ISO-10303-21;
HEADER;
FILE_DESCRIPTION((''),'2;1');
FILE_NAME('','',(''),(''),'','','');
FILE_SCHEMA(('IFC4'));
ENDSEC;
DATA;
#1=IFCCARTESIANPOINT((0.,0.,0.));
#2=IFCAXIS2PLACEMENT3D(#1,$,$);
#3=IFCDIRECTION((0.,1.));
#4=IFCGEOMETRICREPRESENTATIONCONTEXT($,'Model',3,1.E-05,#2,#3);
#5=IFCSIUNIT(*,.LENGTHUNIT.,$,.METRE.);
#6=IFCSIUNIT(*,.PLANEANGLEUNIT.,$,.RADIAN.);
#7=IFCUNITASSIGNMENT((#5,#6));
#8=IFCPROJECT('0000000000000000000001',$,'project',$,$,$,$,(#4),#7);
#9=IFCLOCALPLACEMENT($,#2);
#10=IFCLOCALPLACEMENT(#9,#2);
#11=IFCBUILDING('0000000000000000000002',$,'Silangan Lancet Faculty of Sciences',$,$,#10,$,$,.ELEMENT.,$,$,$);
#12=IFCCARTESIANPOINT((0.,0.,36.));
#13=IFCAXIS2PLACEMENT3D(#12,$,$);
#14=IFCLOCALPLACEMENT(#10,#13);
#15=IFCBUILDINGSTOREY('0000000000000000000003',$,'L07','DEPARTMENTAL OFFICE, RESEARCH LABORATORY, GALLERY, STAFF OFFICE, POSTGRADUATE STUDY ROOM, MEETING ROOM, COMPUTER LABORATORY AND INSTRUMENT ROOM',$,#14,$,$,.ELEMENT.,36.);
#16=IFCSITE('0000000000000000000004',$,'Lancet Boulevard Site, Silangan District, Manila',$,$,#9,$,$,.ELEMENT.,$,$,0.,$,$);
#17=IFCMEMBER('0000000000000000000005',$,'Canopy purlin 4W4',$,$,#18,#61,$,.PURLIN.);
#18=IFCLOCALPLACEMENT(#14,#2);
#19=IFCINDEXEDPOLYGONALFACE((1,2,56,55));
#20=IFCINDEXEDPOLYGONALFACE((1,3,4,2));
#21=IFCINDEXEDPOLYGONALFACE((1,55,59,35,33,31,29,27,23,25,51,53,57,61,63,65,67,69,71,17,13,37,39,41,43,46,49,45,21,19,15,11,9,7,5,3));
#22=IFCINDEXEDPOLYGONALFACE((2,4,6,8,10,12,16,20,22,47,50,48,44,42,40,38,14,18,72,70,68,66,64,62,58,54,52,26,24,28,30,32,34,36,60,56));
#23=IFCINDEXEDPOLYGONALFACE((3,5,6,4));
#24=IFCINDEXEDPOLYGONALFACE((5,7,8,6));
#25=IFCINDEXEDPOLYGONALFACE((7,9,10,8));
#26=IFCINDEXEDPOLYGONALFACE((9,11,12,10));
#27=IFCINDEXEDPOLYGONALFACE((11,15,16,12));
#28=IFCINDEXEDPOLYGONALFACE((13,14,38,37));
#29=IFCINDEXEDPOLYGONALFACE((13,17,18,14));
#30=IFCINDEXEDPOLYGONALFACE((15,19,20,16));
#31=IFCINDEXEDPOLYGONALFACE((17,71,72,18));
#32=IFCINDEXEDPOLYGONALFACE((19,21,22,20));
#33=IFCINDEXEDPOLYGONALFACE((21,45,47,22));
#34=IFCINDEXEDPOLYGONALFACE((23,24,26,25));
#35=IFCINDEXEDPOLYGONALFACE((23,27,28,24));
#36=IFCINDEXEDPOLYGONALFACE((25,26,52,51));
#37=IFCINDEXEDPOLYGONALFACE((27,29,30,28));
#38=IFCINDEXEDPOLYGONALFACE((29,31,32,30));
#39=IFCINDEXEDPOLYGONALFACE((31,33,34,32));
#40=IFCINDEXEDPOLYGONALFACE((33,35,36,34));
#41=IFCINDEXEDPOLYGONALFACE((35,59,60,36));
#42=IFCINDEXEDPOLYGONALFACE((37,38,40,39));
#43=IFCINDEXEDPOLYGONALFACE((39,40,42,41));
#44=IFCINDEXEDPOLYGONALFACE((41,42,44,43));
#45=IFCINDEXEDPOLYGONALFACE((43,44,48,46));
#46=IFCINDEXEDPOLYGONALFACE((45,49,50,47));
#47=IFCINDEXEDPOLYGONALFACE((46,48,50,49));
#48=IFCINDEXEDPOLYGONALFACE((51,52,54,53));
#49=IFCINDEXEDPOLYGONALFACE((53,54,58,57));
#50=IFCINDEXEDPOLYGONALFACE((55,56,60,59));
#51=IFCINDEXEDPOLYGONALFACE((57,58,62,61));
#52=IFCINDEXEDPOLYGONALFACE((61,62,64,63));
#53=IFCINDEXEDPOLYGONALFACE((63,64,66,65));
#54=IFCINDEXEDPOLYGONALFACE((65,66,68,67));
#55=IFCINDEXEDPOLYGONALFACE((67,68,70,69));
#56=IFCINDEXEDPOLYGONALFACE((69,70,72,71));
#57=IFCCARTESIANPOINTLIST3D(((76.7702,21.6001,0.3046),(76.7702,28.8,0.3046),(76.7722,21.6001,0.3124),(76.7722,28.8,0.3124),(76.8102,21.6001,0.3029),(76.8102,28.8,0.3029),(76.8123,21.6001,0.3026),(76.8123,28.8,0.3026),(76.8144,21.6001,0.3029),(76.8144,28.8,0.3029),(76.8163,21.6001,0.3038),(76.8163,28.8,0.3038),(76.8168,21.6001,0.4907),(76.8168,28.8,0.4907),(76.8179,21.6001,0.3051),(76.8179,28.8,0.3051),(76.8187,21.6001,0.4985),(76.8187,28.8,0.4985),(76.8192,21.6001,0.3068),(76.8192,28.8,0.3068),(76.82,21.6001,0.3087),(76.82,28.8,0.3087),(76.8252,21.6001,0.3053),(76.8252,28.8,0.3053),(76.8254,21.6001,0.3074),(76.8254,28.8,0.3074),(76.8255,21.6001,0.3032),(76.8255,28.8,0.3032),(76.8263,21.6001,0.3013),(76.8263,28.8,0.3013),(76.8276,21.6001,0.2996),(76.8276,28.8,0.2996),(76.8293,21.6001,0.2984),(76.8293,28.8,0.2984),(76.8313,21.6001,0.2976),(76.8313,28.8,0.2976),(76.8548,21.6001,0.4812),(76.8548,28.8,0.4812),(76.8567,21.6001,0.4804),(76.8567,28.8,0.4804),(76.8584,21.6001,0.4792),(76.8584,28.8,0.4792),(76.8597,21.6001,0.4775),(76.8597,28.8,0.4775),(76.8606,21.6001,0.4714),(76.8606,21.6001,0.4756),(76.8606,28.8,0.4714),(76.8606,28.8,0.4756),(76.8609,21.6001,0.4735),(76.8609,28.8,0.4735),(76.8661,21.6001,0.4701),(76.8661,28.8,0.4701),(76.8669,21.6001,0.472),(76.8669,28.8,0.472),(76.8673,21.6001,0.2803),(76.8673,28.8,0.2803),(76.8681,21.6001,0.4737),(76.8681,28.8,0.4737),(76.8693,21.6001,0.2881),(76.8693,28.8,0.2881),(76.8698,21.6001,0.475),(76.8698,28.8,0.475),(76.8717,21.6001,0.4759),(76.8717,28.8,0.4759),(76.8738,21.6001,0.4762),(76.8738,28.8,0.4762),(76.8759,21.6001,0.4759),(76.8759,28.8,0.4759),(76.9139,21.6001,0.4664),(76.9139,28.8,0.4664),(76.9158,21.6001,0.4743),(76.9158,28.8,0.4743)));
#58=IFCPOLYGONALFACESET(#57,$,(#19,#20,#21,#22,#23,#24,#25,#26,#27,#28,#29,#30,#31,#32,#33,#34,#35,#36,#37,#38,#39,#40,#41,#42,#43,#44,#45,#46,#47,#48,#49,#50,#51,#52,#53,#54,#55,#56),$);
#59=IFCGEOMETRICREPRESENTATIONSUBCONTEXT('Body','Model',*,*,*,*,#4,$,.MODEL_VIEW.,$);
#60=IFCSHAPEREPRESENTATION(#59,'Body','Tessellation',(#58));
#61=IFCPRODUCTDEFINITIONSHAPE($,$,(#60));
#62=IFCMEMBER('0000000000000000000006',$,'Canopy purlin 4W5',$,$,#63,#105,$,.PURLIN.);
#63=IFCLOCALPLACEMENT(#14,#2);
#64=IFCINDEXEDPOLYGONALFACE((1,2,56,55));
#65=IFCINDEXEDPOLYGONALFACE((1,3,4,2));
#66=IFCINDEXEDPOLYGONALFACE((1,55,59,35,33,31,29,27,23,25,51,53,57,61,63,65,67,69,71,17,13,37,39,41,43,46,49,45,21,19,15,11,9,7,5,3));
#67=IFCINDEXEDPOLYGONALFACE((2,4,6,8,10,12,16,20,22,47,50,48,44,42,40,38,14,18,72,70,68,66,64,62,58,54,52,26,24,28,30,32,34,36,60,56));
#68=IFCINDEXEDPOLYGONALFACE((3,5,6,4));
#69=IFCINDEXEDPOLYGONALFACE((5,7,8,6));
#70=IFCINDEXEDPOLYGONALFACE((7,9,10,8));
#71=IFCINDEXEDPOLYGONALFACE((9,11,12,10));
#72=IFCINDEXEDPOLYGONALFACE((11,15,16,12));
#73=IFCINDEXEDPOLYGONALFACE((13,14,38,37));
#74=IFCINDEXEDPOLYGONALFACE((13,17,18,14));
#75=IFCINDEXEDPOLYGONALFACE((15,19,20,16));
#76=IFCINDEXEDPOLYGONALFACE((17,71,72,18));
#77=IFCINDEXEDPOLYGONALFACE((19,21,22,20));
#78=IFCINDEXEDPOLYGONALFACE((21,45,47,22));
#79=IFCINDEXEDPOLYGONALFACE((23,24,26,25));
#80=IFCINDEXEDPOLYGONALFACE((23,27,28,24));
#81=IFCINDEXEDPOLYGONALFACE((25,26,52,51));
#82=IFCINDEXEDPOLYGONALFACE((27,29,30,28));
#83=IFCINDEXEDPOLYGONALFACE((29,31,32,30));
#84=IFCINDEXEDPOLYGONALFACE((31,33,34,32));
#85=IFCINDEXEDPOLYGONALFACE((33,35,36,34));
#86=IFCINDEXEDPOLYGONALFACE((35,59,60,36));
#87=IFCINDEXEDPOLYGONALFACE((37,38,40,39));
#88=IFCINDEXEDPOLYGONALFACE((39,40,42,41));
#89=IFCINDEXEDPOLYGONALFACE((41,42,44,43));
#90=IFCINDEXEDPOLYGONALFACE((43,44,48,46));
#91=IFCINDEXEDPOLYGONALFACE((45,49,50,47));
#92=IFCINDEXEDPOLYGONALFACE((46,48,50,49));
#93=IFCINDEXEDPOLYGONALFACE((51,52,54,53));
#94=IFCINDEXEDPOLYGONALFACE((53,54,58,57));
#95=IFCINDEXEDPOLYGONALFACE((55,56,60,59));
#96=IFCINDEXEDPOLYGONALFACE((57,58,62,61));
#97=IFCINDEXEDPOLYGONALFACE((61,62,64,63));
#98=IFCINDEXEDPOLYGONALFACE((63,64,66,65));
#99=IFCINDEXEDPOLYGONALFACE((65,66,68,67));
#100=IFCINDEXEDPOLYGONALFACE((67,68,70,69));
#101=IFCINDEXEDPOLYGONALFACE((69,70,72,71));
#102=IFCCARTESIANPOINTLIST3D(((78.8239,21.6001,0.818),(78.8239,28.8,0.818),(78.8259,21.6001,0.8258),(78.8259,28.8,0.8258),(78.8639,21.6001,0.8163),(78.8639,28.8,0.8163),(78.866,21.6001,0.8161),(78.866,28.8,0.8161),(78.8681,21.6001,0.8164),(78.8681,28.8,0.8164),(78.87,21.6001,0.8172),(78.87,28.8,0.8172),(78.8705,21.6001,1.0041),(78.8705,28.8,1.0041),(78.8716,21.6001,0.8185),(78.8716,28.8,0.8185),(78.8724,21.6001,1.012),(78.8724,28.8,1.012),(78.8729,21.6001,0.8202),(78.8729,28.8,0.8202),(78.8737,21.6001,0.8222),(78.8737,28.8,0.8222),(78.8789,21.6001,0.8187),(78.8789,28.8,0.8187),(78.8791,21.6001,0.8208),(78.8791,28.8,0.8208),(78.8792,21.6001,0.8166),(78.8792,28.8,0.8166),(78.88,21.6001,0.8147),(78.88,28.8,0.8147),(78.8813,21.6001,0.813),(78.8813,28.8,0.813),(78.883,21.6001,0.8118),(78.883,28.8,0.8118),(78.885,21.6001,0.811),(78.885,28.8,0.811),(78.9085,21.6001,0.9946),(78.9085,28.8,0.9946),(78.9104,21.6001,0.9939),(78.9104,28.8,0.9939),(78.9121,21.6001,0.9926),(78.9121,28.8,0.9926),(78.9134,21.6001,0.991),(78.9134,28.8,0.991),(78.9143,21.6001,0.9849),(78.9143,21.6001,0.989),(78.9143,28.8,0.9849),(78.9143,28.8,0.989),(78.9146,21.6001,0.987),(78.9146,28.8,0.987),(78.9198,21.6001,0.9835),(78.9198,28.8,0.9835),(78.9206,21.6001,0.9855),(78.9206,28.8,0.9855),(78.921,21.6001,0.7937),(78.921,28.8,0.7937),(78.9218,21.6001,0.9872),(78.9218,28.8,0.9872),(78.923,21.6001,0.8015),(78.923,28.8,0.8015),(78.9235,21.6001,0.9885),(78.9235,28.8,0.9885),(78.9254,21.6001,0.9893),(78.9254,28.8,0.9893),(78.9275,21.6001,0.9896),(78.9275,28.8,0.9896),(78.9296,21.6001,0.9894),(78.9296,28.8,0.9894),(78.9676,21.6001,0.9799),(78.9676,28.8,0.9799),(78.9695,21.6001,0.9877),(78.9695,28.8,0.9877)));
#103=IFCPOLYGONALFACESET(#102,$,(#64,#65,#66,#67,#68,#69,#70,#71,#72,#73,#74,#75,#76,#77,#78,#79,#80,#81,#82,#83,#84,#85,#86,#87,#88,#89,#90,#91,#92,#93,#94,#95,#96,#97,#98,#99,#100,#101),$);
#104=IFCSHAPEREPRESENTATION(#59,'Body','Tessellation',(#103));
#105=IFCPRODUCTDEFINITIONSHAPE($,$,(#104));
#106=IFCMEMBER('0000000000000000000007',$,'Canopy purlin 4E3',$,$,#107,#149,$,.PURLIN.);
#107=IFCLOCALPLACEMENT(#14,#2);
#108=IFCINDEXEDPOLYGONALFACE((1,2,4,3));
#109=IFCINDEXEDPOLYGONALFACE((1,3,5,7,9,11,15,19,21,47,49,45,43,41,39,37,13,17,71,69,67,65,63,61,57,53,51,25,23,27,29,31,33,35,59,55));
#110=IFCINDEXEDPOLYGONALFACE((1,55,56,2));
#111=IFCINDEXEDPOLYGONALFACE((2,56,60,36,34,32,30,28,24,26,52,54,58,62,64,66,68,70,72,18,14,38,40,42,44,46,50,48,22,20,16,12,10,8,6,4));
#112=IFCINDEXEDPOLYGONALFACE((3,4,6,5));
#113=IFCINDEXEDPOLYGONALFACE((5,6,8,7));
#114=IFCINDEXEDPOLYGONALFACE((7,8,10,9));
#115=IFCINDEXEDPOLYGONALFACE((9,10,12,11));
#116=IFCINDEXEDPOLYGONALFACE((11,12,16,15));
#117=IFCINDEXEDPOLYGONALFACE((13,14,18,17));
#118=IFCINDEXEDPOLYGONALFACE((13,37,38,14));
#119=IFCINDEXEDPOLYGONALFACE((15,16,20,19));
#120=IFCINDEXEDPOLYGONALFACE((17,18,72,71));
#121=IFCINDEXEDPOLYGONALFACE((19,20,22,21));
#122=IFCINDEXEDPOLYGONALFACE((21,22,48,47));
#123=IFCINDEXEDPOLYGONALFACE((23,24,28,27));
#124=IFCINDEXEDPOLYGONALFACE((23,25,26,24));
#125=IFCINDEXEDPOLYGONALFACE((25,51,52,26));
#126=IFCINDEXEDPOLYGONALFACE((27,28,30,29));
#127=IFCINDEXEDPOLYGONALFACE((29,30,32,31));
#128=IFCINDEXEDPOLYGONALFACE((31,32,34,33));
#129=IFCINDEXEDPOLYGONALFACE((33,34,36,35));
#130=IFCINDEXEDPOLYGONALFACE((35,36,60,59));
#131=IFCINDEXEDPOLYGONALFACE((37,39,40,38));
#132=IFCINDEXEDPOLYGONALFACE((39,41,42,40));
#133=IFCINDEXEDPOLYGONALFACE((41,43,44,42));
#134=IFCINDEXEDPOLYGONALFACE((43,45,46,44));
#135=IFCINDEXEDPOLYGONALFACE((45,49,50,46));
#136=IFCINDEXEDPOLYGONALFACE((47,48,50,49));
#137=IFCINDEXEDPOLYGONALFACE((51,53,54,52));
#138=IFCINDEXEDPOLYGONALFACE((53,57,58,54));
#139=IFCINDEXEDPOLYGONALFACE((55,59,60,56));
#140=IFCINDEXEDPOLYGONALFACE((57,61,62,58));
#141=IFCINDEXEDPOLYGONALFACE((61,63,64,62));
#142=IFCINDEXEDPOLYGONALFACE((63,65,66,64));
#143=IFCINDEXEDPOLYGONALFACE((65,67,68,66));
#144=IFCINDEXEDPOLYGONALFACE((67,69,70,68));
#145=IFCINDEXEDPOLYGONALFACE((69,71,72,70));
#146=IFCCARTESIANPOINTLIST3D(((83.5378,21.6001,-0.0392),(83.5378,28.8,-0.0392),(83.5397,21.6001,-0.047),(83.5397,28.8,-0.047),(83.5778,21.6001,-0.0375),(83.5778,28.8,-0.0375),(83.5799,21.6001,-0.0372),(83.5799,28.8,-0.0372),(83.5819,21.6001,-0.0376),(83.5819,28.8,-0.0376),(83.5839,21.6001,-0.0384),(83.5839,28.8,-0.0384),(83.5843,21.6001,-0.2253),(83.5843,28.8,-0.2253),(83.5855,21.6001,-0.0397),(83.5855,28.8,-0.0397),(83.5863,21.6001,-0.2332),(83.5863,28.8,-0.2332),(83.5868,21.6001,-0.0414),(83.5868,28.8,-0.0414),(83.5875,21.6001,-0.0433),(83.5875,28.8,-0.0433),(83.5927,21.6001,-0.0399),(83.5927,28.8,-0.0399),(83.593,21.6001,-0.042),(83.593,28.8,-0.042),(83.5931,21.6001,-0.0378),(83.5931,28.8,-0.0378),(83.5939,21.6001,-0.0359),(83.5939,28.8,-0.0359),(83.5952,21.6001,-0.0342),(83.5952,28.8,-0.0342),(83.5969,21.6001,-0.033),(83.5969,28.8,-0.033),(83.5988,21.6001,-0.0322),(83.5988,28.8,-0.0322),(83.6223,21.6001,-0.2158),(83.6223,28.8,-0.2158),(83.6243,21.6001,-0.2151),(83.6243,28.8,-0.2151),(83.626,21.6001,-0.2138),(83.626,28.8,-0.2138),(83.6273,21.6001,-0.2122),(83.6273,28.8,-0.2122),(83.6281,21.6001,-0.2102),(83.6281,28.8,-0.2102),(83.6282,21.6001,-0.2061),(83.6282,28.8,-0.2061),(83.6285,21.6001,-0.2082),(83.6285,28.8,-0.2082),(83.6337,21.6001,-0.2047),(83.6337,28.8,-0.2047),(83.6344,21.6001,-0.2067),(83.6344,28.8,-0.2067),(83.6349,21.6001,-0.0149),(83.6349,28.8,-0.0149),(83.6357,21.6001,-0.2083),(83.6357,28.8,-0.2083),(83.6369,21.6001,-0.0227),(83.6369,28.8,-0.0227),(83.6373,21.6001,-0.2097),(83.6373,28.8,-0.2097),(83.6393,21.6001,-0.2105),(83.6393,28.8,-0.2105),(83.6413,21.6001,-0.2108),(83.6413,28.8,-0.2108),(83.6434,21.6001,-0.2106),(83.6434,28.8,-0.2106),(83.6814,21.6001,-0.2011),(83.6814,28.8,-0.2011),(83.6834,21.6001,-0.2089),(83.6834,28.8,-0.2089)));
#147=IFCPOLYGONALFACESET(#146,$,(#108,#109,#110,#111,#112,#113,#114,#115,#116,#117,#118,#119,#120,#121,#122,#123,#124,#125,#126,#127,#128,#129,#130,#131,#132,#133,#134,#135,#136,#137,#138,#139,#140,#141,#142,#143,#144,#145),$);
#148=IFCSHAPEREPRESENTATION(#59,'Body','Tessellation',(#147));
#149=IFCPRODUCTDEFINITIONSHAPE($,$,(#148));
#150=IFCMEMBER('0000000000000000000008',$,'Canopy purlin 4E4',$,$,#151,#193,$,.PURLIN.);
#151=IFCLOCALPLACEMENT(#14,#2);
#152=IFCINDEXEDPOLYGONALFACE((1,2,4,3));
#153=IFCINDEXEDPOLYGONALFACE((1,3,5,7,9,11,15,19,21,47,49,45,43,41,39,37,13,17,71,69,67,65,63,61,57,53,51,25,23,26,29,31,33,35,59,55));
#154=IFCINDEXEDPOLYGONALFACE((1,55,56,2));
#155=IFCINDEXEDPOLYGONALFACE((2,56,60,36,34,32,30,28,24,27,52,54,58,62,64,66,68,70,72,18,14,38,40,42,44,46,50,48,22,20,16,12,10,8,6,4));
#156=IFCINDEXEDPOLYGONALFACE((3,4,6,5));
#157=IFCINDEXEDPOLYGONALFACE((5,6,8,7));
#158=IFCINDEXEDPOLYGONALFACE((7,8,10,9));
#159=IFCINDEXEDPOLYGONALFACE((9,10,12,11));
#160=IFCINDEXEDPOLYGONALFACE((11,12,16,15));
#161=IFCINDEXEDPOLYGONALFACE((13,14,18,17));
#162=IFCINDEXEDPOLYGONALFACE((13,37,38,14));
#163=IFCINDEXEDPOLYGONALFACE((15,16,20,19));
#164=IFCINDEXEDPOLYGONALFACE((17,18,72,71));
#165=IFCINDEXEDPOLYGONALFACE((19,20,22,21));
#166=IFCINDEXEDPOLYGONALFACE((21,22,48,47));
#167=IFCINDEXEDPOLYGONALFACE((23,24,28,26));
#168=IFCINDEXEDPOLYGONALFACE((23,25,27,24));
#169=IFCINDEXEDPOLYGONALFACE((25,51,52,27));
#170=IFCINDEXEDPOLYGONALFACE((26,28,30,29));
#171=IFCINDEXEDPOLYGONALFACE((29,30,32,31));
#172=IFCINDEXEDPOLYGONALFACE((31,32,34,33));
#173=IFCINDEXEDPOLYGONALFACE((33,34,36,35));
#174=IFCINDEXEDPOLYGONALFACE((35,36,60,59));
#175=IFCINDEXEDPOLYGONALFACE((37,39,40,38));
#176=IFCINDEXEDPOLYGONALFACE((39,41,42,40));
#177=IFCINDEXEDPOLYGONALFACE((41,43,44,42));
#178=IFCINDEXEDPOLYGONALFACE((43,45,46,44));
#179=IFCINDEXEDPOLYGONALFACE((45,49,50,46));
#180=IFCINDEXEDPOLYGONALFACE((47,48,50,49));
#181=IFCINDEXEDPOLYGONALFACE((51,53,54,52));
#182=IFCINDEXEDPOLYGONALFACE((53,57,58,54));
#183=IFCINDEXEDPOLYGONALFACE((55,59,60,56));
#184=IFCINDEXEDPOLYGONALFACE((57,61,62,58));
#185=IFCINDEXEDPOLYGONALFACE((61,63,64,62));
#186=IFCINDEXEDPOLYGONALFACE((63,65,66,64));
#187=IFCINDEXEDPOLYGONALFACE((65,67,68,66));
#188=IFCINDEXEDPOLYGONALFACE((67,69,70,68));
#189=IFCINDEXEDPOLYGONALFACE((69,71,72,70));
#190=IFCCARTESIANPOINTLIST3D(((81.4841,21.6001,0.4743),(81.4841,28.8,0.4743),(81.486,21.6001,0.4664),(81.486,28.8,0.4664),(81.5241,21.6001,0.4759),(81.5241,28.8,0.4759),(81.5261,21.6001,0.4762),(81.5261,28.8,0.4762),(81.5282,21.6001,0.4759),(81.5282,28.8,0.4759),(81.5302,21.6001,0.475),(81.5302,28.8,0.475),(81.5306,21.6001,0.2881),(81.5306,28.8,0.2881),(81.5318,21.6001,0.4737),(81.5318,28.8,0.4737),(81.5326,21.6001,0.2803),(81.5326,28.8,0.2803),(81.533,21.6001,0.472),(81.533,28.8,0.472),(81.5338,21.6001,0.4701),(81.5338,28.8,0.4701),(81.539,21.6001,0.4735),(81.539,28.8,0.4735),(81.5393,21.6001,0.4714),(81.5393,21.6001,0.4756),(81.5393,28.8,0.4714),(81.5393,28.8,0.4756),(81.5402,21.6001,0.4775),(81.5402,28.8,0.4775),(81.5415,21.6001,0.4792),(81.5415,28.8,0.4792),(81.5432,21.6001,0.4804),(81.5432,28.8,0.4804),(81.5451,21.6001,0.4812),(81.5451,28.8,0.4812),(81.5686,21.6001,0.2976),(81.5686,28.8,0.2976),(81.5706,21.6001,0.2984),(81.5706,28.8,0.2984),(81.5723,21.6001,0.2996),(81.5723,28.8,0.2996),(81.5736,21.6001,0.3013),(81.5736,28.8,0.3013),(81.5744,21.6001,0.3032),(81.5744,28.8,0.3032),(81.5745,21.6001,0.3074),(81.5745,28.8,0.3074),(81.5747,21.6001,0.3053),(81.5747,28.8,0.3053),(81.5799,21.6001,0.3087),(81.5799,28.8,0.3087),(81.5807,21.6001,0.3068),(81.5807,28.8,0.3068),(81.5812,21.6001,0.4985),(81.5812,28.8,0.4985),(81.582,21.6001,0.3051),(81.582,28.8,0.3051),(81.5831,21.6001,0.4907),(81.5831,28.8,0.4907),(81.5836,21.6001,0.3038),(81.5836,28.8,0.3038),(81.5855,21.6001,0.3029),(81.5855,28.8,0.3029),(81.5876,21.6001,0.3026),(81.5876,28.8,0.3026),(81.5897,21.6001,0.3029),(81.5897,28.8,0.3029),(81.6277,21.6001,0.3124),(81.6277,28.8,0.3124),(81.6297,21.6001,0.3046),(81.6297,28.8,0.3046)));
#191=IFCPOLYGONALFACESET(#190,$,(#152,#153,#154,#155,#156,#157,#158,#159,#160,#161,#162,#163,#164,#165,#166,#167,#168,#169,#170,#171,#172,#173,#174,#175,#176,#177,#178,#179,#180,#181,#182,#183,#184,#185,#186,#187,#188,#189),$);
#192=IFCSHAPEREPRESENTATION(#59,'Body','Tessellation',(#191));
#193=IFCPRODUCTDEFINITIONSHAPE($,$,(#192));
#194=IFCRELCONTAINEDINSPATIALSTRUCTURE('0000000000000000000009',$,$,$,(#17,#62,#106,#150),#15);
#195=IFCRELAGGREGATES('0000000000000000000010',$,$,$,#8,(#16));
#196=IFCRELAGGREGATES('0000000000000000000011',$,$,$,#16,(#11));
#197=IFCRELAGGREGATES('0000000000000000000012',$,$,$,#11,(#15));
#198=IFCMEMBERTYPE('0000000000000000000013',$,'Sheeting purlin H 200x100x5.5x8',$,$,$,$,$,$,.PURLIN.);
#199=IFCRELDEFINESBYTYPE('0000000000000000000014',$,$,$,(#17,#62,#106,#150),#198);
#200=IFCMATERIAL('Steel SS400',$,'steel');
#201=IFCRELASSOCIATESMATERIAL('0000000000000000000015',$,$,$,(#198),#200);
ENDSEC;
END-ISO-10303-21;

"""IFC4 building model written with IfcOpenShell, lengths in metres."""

from ifc_helpers import new_model, si_unit, direction, frame, origin, origin_2d, place, context, subcontext, project, spatial, i_section, extrude, material, material_profile, profile_set, type_object, element, save


model = new_model("IFC4")

# Units and contexts
model_context = context("Model", 3, precision=1e-05, world=origin(), true_north=direction((0.0, 1.0)))
body_context = subcontext(model_context, "Body", "Model", "MODEL_VIEW")
ifc_project = project(units=[si_unit("LENGTHUNIT", "METRE"), si_unit("PLANEANGLEUNIT", "RADIAN")], contexts=[model_context])

# Site, building, storey
site_placement = place(None, origin())
site = spatial("IfcSite", under=ifc_project, at=site_placement, Name="Lancet Boulevard Site, Silangan District, Manila", CompositionType="ELEMENT", RefElevation=0.0)
building_placement = place(site_placement, origin())
building = spatial("IfcBuilding", under=site, at=building_placement, Name="Silangan Lancet Faculty of Sciences", CompositionType="ELEMENT")
storey_placement = place(building_placement, frame((0.0, 0.0, 36.0)))
storey = spatial("IfcBuildingStorey", under=building, at=storey_placement, Name="L07", Description="DEPARTMENTAL OFFICE, RESEARCH LABORATORY, GALLERY, STAFF OFFICE, POSTGRADUATE STUDY ROOM, MEETING ROOM, COMPUTER LABORATORY AND INSTRUMENT ROOM", CompositionType="ELEMENT", Elevation=36.0)

# Members
ifc_material_1 = material(Name="Steel SS400", Category="steel")
ifc_material_profile_1 = material_profile(ifc_material_1, i_section(OverallWidth=0.1001, OverallDepth=0.2, WebThickness=0.0056, FlangeThickness=0.0081, FilletRadius=0.0081, at=origin_2d()), Name="H 200x100x5.5x8")
ifc_profile_set_1 = profile_set([ifc_material_profile_1], Name="Steel SS400")
member_type_1 = type_object("IfcMemberType", Name="Sheeting purlin H 200x100x5.5x8", PredefinedType="PURLIN", material=ifc_profile_set_1)
for number, where, z_axis, x_axis, name in (
    (1, (76.843, 21.6001, 0.3894), (0.0, 1.0, 0.0), (-0.970143, 0.0, 0.242536), "Canopy purlin 4W4"),
    (2, (78.8967, 21.6001, 0.9028), (0.0, 1.0, 0.0), (-0.970143, 0.0, 0.242536), "Canopy purlin 4W5"),
    (3, (83.6106, 21.6001, -0.124), (0.0, 1.0, 0.0), (-0.970143, 0.0, -0.242536), "Canopy purlin 4E3"),
    (4, (81.5569, 21.6001, 0.3894), (0.0, 1.0, 0.0), (-0.970143, 0.0, -0.242536), "Canopy purlin 4E4"),
):
    element("IfcMember", number, at=place(storey_placement, frame(where, z_axis=z_axis, x_axis=x_axis)), inside=storey, type_object=member_type_1, Name=name, PredefinedType="PURLIN", context=body_context, shape_type="SweptSolid", body=[
        extrude(i_section(OverallWidth=0.1001, OverallDepth=0.2, WebThickness=0.0056, FlangeThickness=0.0081, FilletRadius=0.0081, at=origin_2d()), origin(), (0.0, 0.0, 1.0), 7.2),
    ])

save(model, "model.ifc")
